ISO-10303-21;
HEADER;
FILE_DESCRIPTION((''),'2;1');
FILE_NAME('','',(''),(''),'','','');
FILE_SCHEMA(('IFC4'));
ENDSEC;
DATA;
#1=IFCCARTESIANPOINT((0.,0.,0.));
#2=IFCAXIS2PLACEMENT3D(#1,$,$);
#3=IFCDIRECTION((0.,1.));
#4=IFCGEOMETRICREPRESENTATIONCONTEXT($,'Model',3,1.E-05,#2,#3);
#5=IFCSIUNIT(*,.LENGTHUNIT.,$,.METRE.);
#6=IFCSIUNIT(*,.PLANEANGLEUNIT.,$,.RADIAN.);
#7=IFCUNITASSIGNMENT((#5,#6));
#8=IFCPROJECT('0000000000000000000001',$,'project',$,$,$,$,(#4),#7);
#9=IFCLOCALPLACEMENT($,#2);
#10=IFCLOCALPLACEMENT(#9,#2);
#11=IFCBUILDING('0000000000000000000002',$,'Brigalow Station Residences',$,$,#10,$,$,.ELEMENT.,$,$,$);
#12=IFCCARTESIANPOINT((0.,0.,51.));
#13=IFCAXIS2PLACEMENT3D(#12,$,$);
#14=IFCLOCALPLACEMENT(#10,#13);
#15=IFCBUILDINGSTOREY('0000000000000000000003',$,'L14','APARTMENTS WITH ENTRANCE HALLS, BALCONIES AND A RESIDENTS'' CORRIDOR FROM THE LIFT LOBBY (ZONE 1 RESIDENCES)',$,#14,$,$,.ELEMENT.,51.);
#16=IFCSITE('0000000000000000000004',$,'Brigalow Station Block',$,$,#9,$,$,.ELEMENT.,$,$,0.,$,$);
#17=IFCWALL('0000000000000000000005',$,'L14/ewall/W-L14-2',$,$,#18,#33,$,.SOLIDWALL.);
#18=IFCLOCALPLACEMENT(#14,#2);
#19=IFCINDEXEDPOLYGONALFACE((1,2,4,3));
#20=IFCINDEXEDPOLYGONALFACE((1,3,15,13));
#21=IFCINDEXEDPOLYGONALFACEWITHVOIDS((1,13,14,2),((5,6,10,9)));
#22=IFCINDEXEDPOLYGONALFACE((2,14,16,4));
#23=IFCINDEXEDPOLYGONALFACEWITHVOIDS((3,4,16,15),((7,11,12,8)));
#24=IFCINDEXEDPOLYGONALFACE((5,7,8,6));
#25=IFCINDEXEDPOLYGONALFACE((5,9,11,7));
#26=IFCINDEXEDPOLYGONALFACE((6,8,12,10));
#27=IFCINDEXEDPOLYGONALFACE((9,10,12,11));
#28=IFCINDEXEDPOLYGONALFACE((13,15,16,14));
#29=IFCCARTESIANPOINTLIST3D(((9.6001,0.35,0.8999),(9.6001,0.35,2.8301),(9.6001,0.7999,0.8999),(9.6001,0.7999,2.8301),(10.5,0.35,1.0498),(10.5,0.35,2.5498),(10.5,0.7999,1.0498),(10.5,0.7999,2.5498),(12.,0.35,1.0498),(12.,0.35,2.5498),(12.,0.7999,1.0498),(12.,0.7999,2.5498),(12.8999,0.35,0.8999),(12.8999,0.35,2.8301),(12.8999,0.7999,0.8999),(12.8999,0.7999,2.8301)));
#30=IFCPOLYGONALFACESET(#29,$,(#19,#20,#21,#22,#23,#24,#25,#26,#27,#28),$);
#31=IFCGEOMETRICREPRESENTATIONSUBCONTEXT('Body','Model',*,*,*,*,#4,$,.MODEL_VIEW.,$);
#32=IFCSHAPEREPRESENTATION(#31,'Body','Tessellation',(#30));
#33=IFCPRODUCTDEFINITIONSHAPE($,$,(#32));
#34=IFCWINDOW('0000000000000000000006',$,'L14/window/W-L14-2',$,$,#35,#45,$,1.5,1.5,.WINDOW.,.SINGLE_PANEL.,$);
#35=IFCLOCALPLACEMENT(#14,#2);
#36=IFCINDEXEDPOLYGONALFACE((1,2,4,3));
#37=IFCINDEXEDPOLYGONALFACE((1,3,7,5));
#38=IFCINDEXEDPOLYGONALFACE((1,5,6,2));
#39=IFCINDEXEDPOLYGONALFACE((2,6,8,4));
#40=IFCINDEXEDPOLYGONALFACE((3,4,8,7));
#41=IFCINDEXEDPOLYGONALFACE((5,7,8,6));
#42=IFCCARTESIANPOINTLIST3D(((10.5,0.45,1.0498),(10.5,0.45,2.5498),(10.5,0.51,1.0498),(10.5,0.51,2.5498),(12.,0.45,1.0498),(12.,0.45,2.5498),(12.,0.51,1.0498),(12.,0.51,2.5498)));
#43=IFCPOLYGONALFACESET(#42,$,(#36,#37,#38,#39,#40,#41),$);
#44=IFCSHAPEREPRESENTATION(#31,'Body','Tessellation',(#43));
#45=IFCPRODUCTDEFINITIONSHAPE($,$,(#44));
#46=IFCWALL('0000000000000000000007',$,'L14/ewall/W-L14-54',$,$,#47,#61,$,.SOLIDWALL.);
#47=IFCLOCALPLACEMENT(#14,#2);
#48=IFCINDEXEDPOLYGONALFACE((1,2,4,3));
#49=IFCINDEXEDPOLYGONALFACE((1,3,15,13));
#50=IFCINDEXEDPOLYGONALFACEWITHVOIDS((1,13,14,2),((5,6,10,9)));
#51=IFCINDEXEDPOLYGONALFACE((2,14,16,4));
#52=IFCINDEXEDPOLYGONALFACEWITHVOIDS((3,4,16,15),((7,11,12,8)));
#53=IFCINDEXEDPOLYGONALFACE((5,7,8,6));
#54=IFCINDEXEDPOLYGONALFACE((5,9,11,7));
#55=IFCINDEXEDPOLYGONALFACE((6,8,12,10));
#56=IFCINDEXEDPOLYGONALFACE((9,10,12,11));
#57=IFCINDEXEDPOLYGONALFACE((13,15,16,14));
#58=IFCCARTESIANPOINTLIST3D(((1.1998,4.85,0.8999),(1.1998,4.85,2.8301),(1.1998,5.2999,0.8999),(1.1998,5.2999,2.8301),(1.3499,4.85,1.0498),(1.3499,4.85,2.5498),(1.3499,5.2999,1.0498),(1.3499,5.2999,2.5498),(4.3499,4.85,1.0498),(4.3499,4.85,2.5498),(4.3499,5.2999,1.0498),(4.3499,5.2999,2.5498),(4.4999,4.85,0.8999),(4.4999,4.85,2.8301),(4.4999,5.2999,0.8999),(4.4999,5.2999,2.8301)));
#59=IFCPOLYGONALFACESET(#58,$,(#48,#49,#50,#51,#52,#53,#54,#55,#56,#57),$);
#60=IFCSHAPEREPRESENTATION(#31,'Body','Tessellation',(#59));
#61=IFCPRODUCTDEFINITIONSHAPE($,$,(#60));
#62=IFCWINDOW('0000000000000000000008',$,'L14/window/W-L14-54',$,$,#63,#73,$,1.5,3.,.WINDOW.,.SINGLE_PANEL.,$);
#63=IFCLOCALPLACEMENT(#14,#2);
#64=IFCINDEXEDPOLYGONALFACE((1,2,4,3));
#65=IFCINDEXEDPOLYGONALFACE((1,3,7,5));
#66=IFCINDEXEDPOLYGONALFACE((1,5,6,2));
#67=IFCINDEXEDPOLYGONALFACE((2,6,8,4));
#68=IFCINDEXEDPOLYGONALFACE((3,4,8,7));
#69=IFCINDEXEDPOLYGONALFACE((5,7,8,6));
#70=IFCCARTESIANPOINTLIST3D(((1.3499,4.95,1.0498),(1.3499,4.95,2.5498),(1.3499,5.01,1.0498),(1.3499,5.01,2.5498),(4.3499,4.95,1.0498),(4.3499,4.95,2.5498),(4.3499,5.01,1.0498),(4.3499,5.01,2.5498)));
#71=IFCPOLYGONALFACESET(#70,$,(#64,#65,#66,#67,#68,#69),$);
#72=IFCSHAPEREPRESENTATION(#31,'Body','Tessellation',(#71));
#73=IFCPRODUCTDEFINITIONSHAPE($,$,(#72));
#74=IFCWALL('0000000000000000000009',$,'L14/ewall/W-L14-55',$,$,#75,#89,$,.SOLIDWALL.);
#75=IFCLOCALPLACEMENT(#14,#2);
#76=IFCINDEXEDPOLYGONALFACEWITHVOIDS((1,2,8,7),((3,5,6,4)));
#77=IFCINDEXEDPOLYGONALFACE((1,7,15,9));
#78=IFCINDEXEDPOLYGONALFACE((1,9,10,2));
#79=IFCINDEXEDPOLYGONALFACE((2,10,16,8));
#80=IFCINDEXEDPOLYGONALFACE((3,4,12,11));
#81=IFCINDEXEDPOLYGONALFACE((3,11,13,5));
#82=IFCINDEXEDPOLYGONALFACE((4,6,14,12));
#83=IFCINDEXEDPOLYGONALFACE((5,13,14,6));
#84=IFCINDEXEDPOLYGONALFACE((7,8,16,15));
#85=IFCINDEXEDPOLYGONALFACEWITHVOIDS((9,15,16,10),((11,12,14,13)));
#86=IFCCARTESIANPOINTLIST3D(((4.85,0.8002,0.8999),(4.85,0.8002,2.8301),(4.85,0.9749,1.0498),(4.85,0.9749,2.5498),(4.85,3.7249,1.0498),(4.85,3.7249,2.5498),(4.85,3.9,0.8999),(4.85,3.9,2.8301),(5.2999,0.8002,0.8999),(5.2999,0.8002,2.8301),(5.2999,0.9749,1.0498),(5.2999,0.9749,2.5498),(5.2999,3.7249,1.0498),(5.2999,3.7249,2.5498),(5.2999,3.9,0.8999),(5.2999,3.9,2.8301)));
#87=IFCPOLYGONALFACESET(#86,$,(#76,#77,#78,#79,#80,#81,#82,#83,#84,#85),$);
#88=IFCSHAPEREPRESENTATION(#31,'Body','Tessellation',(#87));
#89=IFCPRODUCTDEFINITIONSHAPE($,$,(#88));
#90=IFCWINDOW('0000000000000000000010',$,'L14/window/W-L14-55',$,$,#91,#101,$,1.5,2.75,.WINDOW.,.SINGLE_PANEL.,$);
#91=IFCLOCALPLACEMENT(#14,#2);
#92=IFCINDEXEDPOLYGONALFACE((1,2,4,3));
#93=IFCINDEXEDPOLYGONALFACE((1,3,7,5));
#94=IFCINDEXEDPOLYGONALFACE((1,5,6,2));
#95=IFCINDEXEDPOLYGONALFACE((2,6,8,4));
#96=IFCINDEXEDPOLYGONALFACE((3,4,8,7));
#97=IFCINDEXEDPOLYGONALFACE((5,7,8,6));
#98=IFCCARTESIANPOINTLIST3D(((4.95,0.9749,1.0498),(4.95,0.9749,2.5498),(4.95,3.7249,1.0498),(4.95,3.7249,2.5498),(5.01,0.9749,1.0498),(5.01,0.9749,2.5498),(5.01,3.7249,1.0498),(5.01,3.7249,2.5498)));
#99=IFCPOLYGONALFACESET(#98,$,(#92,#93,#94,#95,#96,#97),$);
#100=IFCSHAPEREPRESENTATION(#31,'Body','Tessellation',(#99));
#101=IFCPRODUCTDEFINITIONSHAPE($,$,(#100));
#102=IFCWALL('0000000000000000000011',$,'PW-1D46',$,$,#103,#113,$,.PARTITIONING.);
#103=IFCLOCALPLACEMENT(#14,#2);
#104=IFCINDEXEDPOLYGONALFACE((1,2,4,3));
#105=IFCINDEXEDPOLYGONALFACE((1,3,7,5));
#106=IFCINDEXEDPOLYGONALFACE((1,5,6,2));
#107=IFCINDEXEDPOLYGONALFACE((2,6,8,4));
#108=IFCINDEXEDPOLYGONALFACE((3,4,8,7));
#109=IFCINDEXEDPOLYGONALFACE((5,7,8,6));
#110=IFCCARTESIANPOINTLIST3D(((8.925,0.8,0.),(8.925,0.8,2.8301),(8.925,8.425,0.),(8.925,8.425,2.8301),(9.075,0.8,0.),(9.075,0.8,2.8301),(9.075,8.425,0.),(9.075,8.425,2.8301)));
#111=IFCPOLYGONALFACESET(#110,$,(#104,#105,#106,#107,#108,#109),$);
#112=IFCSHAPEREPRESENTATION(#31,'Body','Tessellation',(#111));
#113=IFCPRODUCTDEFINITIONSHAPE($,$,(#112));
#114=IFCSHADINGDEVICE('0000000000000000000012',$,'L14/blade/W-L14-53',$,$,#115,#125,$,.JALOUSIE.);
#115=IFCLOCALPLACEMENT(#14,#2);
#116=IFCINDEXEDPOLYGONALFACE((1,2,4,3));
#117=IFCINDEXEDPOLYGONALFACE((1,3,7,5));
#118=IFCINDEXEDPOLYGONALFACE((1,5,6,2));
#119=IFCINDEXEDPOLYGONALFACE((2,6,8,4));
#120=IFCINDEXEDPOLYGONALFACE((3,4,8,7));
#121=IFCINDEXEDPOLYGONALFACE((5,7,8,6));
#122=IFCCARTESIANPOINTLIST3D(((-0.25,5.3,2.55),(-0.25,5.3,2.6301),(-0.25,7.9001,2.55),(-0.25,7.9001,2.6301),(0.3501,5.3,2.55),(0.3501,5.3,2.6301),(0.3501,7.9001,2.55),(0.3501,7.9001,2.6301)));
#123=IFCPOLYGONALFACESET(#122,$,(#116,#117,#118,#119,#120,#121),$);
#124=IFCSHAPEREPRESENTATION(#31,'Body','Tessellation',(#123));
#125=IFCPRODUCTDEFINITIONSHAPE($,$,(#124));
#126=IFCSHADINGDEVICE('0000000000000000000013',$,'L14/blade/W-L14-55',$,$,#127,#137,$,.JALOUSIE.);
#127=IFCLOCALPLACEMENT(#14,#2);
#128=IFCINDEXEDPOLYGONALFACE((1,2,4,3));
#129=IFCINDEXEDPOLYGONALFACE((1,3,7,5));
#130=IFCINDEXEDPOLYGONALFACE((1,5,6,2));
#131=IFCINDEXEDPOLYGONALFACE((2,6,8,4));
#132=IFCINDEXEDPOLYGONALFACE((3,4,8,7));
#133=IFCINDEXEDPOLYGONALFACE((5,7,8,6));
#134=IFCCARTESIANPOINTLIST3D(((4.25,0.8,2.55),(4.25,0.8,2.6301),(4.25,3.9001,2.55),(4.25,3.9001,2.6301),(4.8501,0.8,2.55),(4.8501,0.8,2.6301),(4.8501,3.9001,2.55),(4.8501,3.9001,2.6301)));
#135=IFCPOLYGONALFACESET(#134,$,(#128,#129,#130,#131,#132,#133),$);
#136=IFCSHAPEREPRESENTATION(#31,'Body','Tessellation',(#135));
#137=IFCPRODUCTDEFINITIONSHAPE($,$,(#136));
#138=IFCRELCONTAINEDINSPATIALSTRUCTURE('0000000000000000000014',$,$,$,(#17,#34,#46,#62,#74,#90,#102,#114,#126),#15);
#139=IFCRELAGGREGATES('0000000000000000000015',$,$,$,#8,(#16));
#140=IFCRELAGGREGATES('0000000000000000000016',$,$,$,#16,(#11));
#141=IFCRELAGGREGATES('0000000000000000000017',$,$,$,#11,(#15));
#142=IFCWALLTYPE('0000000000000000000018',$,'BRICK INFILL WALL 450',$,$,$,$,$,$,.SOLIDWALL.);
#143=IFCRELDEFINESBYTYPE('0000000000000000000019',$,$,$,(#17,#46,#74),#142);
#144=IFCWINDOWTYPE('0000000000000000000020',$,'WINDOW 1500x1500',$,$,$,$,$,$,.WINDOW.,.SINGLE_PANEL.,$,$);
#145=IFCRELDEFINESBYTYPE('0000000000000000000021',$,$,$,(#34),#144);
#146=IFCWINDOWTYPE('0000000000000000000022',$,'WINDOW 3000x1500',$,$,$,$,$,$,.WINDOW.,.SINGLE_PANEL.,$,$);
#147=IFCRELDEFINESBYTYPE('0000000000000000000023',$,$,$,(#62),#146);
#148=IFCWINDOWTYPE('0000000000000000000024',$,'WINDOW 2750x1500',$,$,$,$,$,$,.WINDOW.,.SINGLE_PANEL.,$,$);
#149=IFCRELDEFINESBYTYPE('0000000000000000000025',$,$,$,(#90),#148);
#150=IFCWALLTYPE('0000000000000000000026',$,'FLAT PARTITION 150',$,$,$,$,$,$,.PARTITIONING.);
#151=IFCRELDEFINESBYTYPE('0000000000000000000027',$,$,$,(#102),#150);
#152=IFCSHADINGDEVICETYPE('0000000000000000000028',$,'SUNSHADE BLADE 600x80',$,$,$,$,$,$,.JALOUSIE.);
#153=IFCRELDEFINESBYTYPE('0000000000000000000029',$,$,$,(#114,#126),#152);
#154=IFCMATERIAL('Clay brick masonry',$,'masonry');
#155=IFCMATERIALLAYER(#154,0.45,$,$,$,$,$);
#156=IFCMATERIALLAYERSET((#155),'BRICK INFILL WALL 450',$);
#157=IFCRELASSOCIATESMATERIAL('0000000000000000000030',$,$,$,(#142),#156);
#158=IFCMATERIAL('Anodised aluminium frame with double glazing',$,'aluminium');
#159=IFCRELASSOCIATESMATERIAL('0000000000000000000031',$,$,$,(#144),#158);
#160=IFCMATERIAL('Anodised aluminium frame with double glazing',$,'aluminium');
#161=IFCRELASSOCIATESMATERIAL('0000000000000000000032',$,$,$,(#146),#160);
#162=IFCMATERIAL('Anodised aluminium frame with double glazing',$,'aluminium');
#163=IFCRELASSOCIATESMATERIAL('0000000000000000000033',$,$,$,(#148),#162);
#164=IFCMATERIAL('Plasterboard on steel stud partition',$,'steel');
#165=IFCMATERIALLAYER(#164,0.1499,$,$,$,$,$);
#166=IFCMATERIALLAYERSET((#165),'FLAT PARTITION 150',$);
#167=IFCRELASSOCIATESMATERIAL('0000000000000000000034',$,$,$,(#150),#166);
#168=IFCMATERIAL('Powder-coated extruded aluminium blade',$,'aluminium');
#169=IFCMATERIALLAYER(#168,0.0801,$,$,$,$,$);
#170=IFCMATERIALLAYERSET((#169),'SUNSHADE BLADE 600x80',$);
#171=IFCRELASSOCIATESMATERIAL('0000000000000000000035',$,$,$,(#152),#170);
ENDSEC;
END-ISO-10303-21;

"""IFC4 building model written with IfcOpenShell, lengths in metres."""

from ifc_helpers import new_model, si_unit, direction, frame, frame_2d, origin, origin_2d, place, context, subcontext, project, spatial, rectangle, extrude, material, layer, layer_set, type_object, element, fill, save


model = new_model("IFC4")

# Units and contexts
model_context = context("Model", 3, precision=1e-05, world=origin(), true_north=direction((0.0, 1.0)))
body_context = subcontext(model_context, "Body", "Model", "MODEL_VIEW")
ifc_project = project(units=[si_unit("LENGTHUNIT", "METRE"), si_unit("PLANEANGLEUNIT", "RADIAN")], contexts=[model_context])

# Site, building, storey
site_placement = place(None, origin())
site = spatial("IfcSite", under=ifc_project, at=site_placement, Name="Brigalow Station Block", CompositionType="ELEMENT", RefElevation=0.0)
building_placement = place(site_placement, origin())
building = spatial("IfcBuilding", under=site, at=building_placement, Name="Brigalow Station Residences", CompositionType="ELEMENT")
storey_placement = place(building_placement, frame((0.0, 0.0, 51.0)))
storey = spatial("IfcBuildingStorey", under=building, at=storey_placement, Name="L14", Description="APARTMENTS WITH ENTRANCE HALLS, BALCONIES AND A RESIDENTS' CORRIDOR FROM THE LIFT LOBBY (ZONE 1 RESIDENCES)", CompositionType="ELEMENT", Elevation=51.0)

# Walls, openings, windows
ifc_material_1 = material(Name="Clay brick masonry", Category="masonry")
ifc_layer_1 = layer(ifc_material_1, 0.45)
ifc_layer_set_1 = layer_set([ifc_layer_1], Name="BRICK INFILL WALL 450")
wall_type_1 = type_object("IfcWallType", Name="BRICK INFILL WALL 450", PredefinedType="SOLIDWALL", material=ifc_layer_set_1)
ifc_material_2 = material(Name="Anodised aluminium frame with double glazing", Category="aluminium")
window_type_1 = type_object("IfcWindowType", Name="WINDOW 1500x1500", PartitioningType="SINGLE_PANEL", PredefinedType="WINDOW", material=ifc_material_2)
wall_1_placement = place(storey_placement, frame((9.6001, 0.575, 0.8999), z_axis=(0.0, 0.0, 1.0), x_axis=(1.0, 0.0, 0.0)))
wall_1 = element("IfcWall", 1, at=wall_1_placement, inside=storey, type_object=wall_type_1, Name="L14/ewall/W-L14-2", PredefinedType="SOLIDWALL", context=body_context, shape_type="SweptSolid", body=[
    extrude(rectangle(XDim=3.2998, YDim=0.45, at=frame_2d((1.6499, 0.0))), origin(), (0.0, 0.0, 1.0), 1.9302),
])
opening_1_placement = place(wall_1_placement, frame((0.8999, 0.0, 0.1499)))
opening_1 = element("IfcOpeningElement", 2, at=opening_1_placement, cuts=wall_1, PredefinedType="OPENING", context=body_context, shape_type="SweptSolid", body=[
    extrude(rectangle(XDim=1.5, YDim=1.5, at=frame_2d((0.75, 0.75))), frame((0.0, 0.2349, 0.0), z_axis=(0.0, -1.0, 0.0), x_axis=(1.0, 0.0, 0.0)), (0.0, 0.0, 1.0), 0.47),
])
window_1_placement = place(opening_1_placement, origin())
window_1 = element("IfcWindow", 3, at=window_1_placement, inside=storey, type_object=window_type_1, Name="L14/window/W-L14-2", OverallHeight=1.5, OverallWidth=1.5, PartitioningType="SINGLE_PANEL", PredefinedType="WINDOW", context=body_context, shape_type="SweptSolid", body=[
    extrude(rectangle(XDim=1.5, YDim=1.5, at=frame_2d((0.75, 0.75))), frame((0.0, -0.0649, 0.0), z_axis=(0.0, -1.0, 0.0), x_axis=(1.0, 0.0, 0.0)), (0.0, 0.0, 1.0), 0.0601),
])
fill(opening_1, window_1)
wall_2_placement = place(storey_placement, frame((1.2, 5.075, 0.8999), z_axis=(0.0, 0.0, 1.0), x_axis=(1.0, 0.0, 0.0)))
wall_2 = element("IfcWall", 4, at=wall_2_placement, inside=storey, type_object=wall_type_1, Name="L14/ewall/W-L14-54", PredefinedType="SOLIDWALL", context=body_context, shape_type="SweptSolid", body=[
    extrude(rectangle(XDim=3.3, YDim=0.45, at=frame_2d((1.6499, 0.0))), origin(), (0.0, 0.0, 1.0), 1.9302),
])
opening_2_placement = place(wall_2_placement, frame((0.1499, 0.0, 0.1499)))
opening_2 = element("IfcOpeningElement", 5, at=opening_2_placement, cuts=wall_2, PredefinedType="OPENING", context=body_context, shape_type="SweptSolid", body=[
    extrude(rectangle(XDim=3.0, YDim=1.5, at=frame_2d((1.5, 0.75))), frame((0.0, 0.2349, 0.0), z_axis=(0.0, -1.0, 0.0), x_axis=(1.0, 0.0, 0.0)), (0.0, 0.0, 1.0), 0.47),
])
ifc_material_3 = material(Name="Anodised aluminium frame with double glazing", Category="aluminium")
window_type_2 = type_object("IfcWindowType", Name="WINDOW 3000x1500", PartitioningType="SINGLE_PANEL", PredefinedType="WINDOW", material=ifc_material_3)
window_2_placement = place(opening_2_placement, origin())
window_2 = element("IfcWindow", 6, at=window_2_placement, inside=storey, type_object=window_type_2, Name="L14/window/W-L14-54", OverallHeight=1.5, OverallWidth=3.0, PartitioningType="SINGLE_PANEL", PredefinedType="WINDOW", context=body_context, shape_type="SweptSolid", body=[
    extrude(rectangle(XDim=3.0, YDim=1.5, at=frame_2d((1.5, 0.75))), frame((0.0, -0.0649, 0.0), z_axis=(0.0, -1.0, 0.0), x_axis=(1.0, 0.0, 0.0)), (0.0, 0.0, 1.0), 0.0601),
])
fill(opening_2, window_2)
wall_3_placement = place(storey_placement, frame((5.075, 3.8999, 0.8999), z_axis=(0.0, 0.0, 1.0), x_axis=(0.0, -1.0, 0.0)))
wall_3 = element("IfcWall", 7, at=wall_3_placement, inside=storey, type_object=wall_type_1, Name="L14/ewall/W-L14-55", PredefinedType="SOLIDWALL", context=body_context, shape_type="SweptSolid", body=[
    extrude(rectangle(XDim=3.0999, YDim=0.45, at=frame_2d((1.5498, 0.0))), origin(), (0.0, 0.0, 1.0), 1.9302),
])
opening_3_placement = place(wall_3_placement, frame((0.175, 0.0, 0.1499)))
opening_3 = element("IfcOpeningElement", 8, at=opening_3_placement, cuts=wall_3, PredefinedType="OPENING", context=body_context, shape_type="SweptSolid", body=[
    extrude(rectangle(XDim=2.75, YDim=1.5, at=frame_2d((1.375, 0.75))), frame((0.0, 0.2349, 0.0), z_axis=(0.0, -1.0, 0.0), x_axis=(1.0, 0.0, 0.0)), (0.0, 0.0, 1.0), 0.47),
])
ifc_material_4 = material(Name="Anodised aluminium frame with double glazing", Category="aluminium")
window_type_3 = type_object("IfcWindowType", Name="WINDOW 2750x1500", PartitioningType="SINGLE_PANEL", PredefinedType="WINDOW", material=ifc_material_4)
window_3_placement = place(opening_3_placement, origin())
window_3 = element("IfcWindow", 9, at=window_3_placement, inside=storey, type_object=window_type_3, Name="L14/window/W-L14-55", OverallHeight=1.5, OverallWidth=2.75, PartitioningType="SINGLE_PANEL", PredefinedType="WINDOW", context=body_context, shape_type="SweptSolid", body=[
    extrude(rectangle(XDim=2.75, YDim=1.5, at=frame_2d((1.375, 0.75))), frame((0.0, -0.0649, 0.0), z_axis=(0.0, -1.0, 0.0), x_axis=(1.0, 0.0, 0.0)), (0.0, 0.0, 1.0), 0.0601),
])
fill(opening_3, window_3)

# Wall
ifc_material_5 = material(Name="Plasterboard on steel stud partition", Category="steel")
ifc_layer_2 = layer(ifc_material_5, 0.1499)
ifc_layer_set_2 = layer_set([ifc_layer_2], Name="FLAT PARTITION 150")
wall_type_2 = type_object("IfcWallType", Name="FLAT PARTITION 150", PredefinedType="PARTITIONING", material=ifc_layer_set_2)
wall_4_placement = place(storey_placement, frame((9.0, 0.8, 0.0), z_axis=(0.0, 0.0, 1.0), x_axis=(0.0, 1.0, 0.0)))
element("IfcWall", 10, at=wall_4_placement, inside=storey, type_object=wall_type_2, Name="PW-1D46", PredefinedType="PARTITIONING", context=body_context, shape_type="SweptSolid", body=[
    extrude(rectangle(XDim=7.625, YDim=0.1499, at=frame_2d((3.8125, 0.0))), origin(), (0.0, 0.0, 1.0), 2.8301),
])

# Shading devices
ifc_material_6 = material(Name="Powder-coated extruded aluminium blade", Category="aluminium")
ifc_layer_3 = layer(ifc_material_6, 0.0801)
ifc_layer_set_3 = layer_set([ifc_layer_3], Name="SUNSHADE BLADE 600x80")
shading_device_type = type_object("IfcShadingDeviceType", Name="SUNSHADE BLADE 600x80", PredefinedType="JALOUSIE", material=ifc_layer_set_3)
shading_device_1_placement = place(storey_placement, frame((0.05, 6.6001, 2.55), z_axis=(0.0, 0.0, 1.0), x_axis=(0.0, -1.0, 0.0)))
element("IfcShadingDevice", 11, at=shading_device_1_placement, inside=storey, type_object=shading_device_type, Name="L14/blade/W-L14-53", PredefinedType="JALOUSIE", context=body_context, shape_type="SweptSolid", body=[
    extrude(rectangle(XDim=2.6001, YDim=0.6001, at=origin_2d()), origin(), (0.0, 0.0, 1.0), 0.0801),
])
shading_device_2_placement = place(storey_placement, frame((4.55, 2.3501, 2.55), z_axis=(0.0, 0.0, 1.0), x_axis=(0.0, -1.0, 0.0)))
element("IfcShadingDevice", 12, at=shading_device_2_placement, inside=storey, type_object=shading_device_type, Name="L14/blade/W-L14-55", PredefinedType="JALOUSIE", context=body_context, shape_type="SweptSolid", body=[
    extrude(rectangle(XDim=3.1001, YDim=0.6001, at=origin_2d()), origin(), (0.0, 0.0, 1.0), 0.0801),
])

save(model, "model.ifc")
